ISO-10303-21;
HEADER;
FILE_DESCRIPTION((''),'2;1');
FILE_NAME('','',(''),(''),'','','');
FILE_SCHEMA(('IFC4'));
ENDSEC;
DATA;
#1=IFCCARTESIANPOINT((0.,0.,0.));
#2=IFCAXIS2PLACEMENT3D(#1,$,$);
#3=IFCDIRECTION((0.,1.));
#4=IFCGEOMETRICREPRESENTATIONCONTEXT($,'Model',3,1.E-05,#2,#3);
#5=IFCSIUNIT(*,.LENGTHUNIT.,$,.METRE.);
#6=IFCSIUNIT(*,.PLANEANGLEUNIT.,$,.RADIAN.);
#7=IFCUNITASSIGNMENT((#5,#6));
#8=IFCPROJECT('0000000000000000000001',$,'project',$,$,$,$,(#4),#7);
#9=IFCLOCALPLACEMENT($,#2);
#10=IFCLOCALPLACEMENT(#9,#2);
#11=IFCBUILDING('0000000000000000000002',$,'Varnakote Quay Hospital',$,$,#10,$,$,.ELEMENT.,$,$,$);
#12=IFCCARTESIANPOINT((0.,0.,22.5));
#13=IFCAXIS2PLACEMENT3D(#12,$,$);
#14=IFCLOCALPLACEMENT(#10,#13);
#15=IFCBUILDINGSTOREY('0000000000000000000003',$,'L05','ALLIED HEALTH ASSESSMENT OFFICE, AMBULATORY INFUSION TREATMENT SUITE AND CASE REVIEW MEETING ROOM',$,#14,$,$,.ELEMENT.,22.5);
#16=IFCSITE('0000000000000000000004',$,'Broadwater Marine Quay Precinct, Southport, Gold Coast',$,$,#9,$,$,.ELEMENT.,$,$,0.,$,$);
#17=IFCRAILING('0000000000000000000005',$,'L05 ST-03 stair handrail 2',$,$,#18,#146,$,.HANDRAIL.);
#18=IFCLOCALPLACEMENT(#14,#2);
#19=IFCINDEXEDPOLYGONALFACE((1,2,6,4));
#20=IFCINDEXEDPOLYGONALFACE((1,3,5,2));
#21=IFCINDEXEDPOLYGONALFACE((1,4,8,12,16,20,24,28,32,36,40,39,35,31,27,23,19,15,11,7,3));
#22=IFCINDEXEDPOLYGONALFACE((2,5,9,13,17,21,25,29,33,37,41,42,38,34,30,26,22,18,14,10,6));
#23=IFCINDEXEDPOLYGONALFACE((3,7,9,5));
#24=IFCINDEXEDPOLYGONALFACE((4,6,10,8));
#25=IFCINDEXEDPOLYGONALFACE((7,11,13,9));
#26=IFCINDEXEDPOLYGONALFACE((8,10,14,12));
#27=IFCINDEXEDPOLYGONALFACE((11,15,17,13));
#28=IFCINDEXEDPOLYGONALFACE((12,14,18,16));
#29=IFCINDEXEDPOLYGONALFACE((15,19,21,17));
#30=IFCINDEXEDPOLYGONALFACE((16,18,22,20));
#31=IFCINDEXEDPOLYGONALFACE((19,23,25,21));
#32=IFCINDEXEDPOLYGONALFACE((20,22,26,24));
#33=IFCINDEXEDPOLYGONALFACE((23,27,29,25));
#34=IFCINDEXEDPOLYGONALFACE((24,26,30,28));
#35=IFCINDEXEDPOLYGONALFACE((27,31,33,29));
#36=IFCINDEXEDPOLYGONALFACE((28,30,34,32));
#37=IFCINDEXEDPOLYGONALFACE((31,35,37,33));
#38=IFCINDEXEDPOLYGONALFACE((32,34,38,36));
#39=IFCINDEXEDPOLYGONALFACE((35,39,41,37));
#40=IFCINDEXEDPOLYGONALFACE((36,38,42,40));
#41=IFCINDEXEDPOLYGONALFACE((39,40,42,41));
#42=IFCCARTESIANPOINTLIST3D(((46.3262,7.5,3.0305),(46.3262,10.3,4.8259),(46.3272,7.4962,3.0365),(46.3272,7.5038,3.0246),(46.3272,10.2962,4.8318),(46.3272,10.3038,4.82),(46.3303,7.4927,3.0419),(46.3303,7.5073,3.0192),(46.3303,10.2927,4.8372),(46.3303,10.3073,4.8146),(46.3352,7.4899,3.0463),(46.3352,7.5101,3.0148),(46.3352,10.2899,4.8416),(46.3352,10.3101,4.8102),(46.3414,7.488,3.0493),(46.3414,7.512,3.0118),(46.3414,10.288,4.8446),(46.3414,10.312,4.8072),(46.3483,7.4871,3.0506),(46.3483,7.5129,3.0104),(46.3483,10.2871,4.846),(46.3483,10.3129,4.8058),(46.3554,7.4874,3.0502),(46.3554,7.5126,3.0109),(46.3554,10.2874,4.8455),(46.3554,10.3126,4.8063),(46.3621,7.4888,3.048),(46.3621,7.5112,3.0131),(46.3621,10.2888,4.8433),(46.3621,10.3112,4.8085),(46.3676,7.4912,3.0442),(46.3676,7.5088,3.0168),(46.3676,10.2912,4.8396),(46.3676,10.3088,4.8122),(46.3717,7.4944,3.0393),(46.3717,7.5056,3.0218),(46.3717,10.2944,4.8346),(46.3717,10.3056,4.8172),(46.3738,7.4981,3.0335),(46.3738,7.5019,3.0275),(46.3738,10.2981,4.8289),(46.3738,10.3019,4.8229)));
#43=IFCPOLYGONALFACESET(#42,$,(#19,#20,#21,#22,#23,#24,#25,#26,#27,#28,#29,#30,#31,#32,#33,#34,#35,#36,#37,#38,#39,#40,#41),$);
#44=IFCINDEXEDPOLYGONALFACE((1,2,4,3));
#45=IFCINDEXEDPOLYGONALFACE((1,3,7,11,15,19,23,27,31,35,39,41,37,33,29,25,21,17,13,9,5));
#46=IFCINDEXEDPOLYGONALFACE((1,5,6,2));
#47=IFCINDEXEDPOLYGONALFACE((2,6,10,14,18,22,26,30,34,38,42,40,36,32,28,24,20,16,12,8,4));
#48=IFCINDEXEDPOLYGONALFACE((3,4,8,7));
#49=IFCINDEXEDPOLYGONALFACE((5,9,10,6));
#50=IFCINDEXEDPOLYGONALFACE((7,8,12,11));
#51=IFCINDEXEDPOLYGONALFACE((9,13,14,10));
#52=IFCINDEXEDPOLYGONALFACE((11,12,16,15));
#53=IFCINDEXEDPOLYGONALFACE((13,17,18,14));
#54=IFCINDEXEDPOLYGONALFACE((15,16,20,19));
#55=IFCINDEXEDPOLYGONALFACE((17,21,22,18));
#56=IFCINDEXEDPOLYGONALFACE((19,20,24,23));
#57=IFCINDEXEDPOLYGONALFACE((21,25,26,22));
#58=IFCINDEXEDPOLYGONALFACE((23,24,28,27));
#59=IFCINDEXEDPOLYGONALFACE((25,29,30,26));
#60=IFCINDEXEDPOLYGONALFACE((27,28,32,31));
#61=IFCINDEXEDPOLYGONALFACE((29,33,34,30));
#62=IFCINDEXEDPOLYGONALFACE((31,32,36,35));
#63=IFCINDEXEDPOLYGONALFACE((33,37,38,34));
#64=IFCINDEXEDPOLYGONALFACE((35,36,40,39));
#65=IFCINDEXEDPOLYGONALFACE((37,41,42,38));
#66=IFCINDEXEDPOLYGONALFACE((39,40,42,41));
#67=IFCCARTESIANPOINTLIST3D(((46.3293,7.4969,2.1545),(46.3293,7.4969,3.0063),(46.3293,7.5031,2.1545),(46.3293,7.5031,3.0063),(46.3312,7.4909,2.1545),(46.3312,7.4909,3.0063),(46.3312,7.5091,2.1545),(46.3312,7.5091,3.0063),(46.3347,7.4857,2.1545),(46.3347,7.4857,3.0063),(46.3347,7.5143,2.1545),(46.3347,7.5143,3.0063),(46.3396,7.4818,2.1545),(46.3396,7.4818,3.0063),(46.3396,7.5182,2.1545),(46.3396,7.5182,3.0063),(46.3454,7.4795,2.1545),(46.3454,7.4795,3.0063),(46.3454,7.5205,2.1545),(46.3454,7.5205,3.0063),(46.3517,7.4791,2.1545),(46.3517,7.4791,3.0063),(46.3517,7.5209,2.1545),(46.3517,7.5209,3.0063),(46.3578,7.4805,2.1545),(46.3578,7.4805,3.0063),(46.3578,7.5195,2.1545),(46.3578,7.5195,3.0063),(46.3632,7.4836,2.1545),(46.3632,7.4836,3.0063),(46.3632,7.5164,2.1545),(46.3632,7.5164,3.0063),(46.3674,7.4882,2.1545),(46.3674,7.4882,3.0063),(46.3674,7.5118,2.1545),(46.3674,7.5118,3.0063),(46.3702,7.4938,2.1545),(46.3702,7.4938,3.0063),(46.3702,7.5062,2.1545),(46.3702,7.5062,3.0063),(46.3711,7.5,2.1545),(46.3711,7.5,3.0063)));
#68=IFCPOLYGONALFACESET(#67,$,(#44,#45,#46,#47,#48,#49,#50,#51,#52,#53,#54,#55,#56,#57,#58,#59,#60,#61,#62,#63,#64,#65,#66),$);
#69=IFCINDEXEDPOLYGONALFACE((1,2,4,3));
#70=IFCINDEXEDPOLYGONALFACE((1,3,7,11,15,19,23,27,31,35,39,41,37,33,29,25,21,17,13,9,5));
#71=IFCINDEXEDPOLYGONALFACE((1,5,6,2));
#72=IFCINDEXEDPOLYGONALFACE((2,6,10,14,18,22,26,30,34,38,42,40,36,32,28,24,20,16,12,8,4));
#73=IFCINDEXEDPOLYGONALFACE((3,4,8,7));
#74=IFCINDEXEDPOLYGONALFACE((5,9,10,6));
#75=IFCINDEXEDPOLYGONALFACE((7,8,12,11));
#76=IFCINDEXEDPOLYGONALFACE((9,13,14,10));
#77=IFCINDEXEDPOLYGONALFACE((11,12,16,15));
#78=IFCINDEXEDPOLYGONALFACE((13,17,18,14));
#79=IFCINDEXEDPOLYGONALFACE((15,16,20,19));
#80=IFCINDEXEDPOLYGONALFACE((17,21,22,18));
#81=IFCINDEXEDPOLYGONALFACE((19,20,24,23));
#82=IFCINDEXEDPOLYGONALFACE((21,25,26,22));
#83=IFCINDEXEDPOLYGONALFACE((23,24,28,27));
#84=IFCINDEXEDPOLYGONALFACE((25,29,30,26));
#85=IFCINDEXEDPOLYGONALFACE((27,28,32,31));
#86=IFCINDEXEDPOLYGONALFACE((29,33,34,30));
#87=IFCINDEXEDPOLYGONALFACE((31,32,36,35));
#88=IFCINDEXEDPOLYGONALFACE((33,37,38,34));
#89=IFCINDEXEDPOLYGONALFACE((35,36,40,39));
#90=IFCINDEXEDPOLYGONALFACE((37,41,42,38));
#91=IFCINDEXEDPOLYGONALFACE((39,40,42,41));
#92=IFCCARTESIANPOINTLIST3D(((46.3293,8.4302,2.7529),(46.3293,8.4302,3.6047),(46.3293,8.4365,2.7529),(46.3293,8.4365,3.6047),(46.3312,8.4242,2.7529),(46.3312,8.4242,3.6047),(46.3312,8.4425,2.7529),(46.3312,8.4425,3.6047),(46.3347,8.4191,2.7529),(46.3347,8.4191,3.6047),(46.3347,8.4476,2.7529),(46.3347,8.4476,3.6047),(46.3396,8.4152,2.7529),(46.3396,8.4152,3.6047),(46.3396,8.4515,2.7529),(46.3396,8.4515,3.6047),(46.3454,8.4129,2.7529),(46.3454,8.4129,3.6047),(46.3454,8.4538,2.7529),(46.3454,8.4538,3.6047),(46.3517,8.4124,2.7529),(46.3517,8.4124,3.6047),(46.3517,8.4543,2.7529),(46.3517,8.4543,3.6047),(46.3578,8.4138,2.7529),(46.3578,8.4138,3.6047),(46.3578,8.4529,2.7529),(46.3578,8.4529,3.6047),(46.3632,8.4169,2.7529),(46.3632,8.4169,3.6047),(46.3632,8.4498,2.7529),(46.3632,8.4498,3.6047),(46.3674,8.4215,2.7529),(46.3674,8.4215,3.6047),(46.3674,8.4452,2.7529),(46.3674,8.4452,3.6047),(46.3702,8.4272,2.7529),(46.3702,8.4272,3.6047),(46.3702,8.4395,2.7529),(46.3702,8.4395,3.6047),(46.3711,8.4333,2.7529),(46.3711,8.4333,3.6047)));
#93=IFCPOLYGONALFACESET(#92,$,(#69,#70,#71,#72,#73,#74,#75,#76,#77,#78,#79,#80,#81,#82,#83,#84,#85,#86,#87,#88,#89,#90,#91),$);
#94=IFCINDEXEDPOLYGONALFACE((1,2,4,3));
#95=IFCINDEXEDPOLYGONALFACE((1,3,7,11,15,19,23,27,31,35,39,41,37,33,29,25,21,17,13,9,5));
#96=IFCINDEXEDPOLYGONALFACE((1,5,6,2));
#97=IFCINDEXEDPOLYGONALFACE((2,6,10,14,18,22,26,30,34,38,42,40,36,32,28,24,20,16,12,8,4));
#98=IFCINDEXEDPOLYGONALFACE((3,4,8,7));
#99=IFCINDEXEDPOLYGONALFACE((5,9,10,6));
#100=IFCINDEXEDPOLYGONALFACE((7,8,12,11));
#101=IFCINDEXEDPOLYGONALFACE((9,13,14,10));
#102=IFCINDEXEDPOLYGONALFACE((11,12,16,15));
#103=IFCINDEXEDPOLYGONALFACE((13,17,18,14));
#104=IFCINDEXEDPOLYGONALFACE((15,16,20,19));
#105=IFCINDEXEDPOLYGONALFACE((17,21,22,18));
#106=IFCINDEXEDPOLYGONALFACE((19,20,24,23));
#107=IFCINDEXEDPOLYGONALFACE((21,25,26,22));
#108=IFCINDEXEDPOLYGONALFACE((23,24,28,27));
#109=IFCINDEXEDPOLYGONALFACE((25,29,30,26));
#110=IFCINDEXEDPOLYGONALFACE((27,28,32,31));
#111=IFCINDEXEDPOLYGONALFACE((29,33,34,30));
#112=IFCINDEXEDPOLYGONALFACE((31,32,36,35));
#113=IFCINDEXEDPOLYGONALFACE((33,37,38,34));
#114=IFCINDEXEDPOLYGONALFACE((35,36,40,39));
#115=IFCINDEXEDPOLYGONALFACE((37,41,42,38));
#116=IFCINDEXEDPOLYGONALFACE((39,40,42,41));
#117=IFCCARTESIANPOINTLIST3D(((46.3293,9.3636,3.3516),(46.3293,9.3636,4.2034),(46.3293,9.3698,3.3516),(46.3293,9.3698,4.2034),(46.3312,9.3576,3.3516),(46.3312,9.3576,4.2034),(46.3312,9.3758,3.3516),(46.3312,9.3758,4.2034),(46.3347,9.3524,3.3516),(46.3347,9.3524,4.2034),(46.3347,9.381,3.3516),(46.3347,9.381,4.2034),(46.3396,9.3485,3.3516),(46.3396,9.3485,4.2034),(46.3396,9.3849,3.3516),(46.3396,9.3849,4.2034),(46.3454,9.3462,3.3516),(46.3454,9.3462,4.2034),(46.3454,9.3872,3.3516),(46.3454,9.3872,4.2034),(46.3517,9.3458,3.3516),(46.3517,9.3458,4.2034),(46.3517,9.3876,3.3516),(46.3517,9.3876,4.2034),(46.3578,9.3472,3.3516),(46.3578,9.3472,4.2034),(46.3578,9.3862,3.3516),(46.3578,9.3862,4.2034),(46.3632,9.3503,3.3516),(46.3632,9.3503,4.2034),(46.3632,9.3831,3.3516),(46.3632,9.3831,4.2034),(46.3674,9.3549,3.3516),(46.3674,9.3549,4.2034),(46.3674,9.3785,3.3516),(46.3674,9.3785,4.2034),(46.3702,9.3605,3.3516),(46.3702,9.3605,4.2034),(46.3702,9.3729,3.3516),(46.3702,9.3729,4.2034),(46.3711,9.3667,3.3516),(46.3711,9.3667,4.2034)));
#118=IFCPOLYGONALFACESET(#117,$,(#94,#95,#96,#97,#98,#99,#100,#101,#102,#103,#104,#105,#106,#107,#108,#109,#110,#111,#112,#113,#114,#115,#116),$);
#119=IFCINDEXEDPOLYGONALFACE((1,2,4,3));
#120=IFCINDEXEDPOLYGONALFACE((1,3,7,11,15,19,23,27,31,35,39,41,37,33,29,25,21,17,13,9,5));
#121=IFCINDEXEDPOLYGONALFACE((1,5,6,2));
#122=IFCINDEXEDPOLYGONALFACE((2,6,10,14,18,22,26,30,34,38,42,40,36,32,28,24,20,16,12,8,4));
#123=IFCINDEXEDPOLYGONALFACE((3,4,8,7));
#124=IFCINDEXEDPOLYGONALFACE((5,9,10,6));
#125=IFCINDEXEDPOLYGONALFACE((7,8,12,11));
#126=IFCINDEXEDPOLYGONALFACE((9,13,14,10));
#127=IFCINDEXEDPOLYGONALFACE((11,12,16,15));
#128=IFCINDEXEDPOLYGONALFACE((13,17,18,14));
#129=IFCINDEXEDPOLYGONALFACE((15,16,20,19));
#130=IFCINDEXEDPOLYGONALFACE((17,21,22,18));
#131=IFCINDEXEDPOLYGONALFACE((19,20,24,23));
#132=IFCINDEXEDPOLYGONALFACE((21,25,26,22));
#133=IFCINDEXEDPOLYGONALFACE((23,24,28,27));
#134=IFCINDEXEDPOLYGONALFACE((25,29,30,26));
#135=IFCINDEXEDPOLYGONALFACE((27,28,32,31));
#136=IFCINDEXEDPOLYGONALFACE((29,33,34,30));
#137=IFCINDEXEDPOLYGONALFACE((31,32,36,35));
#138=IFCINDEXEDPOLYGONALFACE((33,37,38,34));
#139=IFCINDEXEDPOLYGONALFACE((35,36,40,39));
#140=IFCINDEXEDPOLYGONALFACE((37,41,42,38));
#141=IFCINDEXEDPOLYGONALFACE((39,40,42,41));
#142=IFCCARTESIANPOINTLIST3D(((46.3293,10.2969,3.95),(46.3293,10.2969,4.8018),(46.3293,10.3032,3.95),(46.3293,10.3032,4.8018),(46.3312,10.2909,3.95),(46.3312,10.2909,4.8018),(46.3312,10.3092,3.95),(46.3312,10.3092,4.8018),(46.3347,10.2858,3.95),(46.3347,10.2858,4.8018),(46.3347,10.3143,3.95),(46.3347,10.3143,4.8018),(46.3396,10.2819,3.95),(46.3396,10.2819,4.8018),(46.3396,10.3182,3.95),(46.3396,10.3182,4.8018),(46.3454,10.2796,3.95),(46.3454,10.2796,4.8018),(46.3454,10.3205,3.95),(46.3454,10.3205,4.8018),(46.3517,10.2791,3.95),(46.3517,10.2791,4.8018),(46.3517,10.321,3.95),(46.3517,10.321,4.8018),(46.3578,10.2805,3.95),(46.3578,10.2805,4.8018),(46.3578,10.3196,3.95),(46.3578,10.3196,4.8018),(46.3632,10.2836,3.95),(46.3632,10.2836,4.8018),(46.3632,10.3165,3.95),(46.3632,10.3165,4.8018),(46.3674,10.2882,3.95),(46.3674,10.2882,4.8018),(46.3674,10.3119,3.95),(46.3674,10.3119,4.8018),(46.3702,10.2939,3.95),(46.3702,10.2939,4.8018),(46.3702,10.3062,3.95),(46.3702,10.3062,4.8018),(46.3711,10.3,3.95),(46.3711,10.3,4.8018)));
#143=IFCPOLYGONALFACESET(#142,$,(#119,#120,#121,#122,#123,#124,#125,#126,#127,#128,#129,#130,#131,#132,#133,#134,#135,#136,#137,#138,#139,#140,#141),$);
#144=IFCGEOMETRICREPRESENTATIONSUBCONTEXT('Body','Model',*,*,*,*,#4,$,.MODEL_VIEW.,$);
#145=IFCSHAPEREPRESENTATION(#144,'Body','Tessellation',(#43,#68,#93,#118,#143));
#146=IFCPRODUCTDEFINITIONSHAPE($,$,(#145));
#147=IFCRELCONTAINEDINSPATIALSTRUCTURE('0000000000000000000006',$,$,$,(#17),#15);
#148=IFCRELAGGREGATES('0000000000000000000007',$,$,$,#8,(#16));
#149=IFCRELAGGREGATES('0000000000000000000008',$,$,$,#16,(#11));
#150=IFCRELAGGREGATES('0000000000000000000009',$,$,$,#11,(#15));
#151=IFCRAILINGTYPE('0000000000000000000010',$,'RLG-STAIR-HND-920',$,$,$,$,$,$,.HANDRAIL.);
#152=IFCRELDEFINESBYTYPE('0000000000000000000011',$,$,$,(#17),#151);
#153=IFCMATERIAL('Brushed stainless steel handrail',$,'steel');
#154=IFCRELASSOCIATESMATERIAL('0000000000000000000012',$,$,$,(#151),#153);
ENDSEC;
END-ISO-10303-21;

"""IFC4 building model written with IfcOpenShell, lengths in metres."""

from ifc_helpers import new_model, si_unit, direction, frame, origin, origin_2d, place, context, subcontext, project, spatial, circle, extrude, material, type_object, element, save


model = new_model("IFC4")

# Units and contexts
model_context = context("Model", 3, precision=1e-05, world=origin(), true_north=direction((0.0, 1.0)))
body_context = subcontext(model_context, "Body", "Model", "MODEL_VIEW")
ifc_project = project(units=[si_unit("LENGTHUNIT", "METRE"), si_unit("PLANEANGLEUNIT", "RADIAN")], contexts=[model_context])

# Site, building, storey
site_placement = place(None, origin())
site = spatial("IfcSite", under=ifc_project, at=site_placement, Name="Broadwater Marine Quay Precinct, Southport, Gold Coast", CompositionType="ELEMENT", RefElevation=0.0)
building_placement = place(site_placement, origin())
building = spatial("IfcBuilding", under=site, at=building_placement, Name="Varnakote Quay Hospital", CompositionType="ELEMENT")
storey_placement = place(building_placement, frame((0.0, 0.0, 22.5)))
storey = spatial("IfcBuildingStorey", under=building, at=storey_placement, Name="L05", Description="ALLIED HEALTH ASSESSMENT OFFICE, AMBULATORY INFUSION TREATMENT SUITE AND CASE REVIEW MEETING ROOM", CompositionType="ELEMENT", Elevation=22.5)

# Railing
ifc_material_1 = material(Name="Brushed stainless steel handrail", Category="steel")
railing_type_1 = type_object("IfcRailingType", Name="RLG-STAIR-HND-920", PredefinedType="HANDRAIL", material=ifc_material_1)
railing_1_placement = place(storey_placement, frame((46.3501, 7.5, 2.1545)))
element("IfcRailing", 1, at=railing_1_placement, inside=storey, type_object=railing_type_1, Name="L05 ST-03 stair handrail 2", PredefinedType="HANDRAIL", context=body_context, shape_type="SweptSolid", body=[
    extrude(circle(Radius=0.0239, at=origin_2d()), frame((0.0, 0.0, 0.876), z_axis=(0.0, 0.84181, 0.539774), x_axis=(-1.0, 0.0, 0.0)), (0.0, 0.0, 1.0), 3.3262),
    extrude(circle(Radius=0.021, at=origin_2d()), origin(), (0.0, 0.0, 1.0), 0.8518),
    extrude(circle(Radius=0.021, at=origin_2d()), frame((0.0, 0.9333, 0.5984)), (0.0, 0.0, 1.0), 0.8518),
    extrude(circle(Radius=0.021, at=origin_2d()), frame((0.0, 1.8667, 1.197)), (0.0, 0.0, 1.0), 0.8518),
    extrude(circle(Radius=0.021, at=origin_2d()), frame((0.0, 2.8, 1.7954)), (0.0, 0.0, 1.0), 0.8518),
])

save(model, "model.ifc")
